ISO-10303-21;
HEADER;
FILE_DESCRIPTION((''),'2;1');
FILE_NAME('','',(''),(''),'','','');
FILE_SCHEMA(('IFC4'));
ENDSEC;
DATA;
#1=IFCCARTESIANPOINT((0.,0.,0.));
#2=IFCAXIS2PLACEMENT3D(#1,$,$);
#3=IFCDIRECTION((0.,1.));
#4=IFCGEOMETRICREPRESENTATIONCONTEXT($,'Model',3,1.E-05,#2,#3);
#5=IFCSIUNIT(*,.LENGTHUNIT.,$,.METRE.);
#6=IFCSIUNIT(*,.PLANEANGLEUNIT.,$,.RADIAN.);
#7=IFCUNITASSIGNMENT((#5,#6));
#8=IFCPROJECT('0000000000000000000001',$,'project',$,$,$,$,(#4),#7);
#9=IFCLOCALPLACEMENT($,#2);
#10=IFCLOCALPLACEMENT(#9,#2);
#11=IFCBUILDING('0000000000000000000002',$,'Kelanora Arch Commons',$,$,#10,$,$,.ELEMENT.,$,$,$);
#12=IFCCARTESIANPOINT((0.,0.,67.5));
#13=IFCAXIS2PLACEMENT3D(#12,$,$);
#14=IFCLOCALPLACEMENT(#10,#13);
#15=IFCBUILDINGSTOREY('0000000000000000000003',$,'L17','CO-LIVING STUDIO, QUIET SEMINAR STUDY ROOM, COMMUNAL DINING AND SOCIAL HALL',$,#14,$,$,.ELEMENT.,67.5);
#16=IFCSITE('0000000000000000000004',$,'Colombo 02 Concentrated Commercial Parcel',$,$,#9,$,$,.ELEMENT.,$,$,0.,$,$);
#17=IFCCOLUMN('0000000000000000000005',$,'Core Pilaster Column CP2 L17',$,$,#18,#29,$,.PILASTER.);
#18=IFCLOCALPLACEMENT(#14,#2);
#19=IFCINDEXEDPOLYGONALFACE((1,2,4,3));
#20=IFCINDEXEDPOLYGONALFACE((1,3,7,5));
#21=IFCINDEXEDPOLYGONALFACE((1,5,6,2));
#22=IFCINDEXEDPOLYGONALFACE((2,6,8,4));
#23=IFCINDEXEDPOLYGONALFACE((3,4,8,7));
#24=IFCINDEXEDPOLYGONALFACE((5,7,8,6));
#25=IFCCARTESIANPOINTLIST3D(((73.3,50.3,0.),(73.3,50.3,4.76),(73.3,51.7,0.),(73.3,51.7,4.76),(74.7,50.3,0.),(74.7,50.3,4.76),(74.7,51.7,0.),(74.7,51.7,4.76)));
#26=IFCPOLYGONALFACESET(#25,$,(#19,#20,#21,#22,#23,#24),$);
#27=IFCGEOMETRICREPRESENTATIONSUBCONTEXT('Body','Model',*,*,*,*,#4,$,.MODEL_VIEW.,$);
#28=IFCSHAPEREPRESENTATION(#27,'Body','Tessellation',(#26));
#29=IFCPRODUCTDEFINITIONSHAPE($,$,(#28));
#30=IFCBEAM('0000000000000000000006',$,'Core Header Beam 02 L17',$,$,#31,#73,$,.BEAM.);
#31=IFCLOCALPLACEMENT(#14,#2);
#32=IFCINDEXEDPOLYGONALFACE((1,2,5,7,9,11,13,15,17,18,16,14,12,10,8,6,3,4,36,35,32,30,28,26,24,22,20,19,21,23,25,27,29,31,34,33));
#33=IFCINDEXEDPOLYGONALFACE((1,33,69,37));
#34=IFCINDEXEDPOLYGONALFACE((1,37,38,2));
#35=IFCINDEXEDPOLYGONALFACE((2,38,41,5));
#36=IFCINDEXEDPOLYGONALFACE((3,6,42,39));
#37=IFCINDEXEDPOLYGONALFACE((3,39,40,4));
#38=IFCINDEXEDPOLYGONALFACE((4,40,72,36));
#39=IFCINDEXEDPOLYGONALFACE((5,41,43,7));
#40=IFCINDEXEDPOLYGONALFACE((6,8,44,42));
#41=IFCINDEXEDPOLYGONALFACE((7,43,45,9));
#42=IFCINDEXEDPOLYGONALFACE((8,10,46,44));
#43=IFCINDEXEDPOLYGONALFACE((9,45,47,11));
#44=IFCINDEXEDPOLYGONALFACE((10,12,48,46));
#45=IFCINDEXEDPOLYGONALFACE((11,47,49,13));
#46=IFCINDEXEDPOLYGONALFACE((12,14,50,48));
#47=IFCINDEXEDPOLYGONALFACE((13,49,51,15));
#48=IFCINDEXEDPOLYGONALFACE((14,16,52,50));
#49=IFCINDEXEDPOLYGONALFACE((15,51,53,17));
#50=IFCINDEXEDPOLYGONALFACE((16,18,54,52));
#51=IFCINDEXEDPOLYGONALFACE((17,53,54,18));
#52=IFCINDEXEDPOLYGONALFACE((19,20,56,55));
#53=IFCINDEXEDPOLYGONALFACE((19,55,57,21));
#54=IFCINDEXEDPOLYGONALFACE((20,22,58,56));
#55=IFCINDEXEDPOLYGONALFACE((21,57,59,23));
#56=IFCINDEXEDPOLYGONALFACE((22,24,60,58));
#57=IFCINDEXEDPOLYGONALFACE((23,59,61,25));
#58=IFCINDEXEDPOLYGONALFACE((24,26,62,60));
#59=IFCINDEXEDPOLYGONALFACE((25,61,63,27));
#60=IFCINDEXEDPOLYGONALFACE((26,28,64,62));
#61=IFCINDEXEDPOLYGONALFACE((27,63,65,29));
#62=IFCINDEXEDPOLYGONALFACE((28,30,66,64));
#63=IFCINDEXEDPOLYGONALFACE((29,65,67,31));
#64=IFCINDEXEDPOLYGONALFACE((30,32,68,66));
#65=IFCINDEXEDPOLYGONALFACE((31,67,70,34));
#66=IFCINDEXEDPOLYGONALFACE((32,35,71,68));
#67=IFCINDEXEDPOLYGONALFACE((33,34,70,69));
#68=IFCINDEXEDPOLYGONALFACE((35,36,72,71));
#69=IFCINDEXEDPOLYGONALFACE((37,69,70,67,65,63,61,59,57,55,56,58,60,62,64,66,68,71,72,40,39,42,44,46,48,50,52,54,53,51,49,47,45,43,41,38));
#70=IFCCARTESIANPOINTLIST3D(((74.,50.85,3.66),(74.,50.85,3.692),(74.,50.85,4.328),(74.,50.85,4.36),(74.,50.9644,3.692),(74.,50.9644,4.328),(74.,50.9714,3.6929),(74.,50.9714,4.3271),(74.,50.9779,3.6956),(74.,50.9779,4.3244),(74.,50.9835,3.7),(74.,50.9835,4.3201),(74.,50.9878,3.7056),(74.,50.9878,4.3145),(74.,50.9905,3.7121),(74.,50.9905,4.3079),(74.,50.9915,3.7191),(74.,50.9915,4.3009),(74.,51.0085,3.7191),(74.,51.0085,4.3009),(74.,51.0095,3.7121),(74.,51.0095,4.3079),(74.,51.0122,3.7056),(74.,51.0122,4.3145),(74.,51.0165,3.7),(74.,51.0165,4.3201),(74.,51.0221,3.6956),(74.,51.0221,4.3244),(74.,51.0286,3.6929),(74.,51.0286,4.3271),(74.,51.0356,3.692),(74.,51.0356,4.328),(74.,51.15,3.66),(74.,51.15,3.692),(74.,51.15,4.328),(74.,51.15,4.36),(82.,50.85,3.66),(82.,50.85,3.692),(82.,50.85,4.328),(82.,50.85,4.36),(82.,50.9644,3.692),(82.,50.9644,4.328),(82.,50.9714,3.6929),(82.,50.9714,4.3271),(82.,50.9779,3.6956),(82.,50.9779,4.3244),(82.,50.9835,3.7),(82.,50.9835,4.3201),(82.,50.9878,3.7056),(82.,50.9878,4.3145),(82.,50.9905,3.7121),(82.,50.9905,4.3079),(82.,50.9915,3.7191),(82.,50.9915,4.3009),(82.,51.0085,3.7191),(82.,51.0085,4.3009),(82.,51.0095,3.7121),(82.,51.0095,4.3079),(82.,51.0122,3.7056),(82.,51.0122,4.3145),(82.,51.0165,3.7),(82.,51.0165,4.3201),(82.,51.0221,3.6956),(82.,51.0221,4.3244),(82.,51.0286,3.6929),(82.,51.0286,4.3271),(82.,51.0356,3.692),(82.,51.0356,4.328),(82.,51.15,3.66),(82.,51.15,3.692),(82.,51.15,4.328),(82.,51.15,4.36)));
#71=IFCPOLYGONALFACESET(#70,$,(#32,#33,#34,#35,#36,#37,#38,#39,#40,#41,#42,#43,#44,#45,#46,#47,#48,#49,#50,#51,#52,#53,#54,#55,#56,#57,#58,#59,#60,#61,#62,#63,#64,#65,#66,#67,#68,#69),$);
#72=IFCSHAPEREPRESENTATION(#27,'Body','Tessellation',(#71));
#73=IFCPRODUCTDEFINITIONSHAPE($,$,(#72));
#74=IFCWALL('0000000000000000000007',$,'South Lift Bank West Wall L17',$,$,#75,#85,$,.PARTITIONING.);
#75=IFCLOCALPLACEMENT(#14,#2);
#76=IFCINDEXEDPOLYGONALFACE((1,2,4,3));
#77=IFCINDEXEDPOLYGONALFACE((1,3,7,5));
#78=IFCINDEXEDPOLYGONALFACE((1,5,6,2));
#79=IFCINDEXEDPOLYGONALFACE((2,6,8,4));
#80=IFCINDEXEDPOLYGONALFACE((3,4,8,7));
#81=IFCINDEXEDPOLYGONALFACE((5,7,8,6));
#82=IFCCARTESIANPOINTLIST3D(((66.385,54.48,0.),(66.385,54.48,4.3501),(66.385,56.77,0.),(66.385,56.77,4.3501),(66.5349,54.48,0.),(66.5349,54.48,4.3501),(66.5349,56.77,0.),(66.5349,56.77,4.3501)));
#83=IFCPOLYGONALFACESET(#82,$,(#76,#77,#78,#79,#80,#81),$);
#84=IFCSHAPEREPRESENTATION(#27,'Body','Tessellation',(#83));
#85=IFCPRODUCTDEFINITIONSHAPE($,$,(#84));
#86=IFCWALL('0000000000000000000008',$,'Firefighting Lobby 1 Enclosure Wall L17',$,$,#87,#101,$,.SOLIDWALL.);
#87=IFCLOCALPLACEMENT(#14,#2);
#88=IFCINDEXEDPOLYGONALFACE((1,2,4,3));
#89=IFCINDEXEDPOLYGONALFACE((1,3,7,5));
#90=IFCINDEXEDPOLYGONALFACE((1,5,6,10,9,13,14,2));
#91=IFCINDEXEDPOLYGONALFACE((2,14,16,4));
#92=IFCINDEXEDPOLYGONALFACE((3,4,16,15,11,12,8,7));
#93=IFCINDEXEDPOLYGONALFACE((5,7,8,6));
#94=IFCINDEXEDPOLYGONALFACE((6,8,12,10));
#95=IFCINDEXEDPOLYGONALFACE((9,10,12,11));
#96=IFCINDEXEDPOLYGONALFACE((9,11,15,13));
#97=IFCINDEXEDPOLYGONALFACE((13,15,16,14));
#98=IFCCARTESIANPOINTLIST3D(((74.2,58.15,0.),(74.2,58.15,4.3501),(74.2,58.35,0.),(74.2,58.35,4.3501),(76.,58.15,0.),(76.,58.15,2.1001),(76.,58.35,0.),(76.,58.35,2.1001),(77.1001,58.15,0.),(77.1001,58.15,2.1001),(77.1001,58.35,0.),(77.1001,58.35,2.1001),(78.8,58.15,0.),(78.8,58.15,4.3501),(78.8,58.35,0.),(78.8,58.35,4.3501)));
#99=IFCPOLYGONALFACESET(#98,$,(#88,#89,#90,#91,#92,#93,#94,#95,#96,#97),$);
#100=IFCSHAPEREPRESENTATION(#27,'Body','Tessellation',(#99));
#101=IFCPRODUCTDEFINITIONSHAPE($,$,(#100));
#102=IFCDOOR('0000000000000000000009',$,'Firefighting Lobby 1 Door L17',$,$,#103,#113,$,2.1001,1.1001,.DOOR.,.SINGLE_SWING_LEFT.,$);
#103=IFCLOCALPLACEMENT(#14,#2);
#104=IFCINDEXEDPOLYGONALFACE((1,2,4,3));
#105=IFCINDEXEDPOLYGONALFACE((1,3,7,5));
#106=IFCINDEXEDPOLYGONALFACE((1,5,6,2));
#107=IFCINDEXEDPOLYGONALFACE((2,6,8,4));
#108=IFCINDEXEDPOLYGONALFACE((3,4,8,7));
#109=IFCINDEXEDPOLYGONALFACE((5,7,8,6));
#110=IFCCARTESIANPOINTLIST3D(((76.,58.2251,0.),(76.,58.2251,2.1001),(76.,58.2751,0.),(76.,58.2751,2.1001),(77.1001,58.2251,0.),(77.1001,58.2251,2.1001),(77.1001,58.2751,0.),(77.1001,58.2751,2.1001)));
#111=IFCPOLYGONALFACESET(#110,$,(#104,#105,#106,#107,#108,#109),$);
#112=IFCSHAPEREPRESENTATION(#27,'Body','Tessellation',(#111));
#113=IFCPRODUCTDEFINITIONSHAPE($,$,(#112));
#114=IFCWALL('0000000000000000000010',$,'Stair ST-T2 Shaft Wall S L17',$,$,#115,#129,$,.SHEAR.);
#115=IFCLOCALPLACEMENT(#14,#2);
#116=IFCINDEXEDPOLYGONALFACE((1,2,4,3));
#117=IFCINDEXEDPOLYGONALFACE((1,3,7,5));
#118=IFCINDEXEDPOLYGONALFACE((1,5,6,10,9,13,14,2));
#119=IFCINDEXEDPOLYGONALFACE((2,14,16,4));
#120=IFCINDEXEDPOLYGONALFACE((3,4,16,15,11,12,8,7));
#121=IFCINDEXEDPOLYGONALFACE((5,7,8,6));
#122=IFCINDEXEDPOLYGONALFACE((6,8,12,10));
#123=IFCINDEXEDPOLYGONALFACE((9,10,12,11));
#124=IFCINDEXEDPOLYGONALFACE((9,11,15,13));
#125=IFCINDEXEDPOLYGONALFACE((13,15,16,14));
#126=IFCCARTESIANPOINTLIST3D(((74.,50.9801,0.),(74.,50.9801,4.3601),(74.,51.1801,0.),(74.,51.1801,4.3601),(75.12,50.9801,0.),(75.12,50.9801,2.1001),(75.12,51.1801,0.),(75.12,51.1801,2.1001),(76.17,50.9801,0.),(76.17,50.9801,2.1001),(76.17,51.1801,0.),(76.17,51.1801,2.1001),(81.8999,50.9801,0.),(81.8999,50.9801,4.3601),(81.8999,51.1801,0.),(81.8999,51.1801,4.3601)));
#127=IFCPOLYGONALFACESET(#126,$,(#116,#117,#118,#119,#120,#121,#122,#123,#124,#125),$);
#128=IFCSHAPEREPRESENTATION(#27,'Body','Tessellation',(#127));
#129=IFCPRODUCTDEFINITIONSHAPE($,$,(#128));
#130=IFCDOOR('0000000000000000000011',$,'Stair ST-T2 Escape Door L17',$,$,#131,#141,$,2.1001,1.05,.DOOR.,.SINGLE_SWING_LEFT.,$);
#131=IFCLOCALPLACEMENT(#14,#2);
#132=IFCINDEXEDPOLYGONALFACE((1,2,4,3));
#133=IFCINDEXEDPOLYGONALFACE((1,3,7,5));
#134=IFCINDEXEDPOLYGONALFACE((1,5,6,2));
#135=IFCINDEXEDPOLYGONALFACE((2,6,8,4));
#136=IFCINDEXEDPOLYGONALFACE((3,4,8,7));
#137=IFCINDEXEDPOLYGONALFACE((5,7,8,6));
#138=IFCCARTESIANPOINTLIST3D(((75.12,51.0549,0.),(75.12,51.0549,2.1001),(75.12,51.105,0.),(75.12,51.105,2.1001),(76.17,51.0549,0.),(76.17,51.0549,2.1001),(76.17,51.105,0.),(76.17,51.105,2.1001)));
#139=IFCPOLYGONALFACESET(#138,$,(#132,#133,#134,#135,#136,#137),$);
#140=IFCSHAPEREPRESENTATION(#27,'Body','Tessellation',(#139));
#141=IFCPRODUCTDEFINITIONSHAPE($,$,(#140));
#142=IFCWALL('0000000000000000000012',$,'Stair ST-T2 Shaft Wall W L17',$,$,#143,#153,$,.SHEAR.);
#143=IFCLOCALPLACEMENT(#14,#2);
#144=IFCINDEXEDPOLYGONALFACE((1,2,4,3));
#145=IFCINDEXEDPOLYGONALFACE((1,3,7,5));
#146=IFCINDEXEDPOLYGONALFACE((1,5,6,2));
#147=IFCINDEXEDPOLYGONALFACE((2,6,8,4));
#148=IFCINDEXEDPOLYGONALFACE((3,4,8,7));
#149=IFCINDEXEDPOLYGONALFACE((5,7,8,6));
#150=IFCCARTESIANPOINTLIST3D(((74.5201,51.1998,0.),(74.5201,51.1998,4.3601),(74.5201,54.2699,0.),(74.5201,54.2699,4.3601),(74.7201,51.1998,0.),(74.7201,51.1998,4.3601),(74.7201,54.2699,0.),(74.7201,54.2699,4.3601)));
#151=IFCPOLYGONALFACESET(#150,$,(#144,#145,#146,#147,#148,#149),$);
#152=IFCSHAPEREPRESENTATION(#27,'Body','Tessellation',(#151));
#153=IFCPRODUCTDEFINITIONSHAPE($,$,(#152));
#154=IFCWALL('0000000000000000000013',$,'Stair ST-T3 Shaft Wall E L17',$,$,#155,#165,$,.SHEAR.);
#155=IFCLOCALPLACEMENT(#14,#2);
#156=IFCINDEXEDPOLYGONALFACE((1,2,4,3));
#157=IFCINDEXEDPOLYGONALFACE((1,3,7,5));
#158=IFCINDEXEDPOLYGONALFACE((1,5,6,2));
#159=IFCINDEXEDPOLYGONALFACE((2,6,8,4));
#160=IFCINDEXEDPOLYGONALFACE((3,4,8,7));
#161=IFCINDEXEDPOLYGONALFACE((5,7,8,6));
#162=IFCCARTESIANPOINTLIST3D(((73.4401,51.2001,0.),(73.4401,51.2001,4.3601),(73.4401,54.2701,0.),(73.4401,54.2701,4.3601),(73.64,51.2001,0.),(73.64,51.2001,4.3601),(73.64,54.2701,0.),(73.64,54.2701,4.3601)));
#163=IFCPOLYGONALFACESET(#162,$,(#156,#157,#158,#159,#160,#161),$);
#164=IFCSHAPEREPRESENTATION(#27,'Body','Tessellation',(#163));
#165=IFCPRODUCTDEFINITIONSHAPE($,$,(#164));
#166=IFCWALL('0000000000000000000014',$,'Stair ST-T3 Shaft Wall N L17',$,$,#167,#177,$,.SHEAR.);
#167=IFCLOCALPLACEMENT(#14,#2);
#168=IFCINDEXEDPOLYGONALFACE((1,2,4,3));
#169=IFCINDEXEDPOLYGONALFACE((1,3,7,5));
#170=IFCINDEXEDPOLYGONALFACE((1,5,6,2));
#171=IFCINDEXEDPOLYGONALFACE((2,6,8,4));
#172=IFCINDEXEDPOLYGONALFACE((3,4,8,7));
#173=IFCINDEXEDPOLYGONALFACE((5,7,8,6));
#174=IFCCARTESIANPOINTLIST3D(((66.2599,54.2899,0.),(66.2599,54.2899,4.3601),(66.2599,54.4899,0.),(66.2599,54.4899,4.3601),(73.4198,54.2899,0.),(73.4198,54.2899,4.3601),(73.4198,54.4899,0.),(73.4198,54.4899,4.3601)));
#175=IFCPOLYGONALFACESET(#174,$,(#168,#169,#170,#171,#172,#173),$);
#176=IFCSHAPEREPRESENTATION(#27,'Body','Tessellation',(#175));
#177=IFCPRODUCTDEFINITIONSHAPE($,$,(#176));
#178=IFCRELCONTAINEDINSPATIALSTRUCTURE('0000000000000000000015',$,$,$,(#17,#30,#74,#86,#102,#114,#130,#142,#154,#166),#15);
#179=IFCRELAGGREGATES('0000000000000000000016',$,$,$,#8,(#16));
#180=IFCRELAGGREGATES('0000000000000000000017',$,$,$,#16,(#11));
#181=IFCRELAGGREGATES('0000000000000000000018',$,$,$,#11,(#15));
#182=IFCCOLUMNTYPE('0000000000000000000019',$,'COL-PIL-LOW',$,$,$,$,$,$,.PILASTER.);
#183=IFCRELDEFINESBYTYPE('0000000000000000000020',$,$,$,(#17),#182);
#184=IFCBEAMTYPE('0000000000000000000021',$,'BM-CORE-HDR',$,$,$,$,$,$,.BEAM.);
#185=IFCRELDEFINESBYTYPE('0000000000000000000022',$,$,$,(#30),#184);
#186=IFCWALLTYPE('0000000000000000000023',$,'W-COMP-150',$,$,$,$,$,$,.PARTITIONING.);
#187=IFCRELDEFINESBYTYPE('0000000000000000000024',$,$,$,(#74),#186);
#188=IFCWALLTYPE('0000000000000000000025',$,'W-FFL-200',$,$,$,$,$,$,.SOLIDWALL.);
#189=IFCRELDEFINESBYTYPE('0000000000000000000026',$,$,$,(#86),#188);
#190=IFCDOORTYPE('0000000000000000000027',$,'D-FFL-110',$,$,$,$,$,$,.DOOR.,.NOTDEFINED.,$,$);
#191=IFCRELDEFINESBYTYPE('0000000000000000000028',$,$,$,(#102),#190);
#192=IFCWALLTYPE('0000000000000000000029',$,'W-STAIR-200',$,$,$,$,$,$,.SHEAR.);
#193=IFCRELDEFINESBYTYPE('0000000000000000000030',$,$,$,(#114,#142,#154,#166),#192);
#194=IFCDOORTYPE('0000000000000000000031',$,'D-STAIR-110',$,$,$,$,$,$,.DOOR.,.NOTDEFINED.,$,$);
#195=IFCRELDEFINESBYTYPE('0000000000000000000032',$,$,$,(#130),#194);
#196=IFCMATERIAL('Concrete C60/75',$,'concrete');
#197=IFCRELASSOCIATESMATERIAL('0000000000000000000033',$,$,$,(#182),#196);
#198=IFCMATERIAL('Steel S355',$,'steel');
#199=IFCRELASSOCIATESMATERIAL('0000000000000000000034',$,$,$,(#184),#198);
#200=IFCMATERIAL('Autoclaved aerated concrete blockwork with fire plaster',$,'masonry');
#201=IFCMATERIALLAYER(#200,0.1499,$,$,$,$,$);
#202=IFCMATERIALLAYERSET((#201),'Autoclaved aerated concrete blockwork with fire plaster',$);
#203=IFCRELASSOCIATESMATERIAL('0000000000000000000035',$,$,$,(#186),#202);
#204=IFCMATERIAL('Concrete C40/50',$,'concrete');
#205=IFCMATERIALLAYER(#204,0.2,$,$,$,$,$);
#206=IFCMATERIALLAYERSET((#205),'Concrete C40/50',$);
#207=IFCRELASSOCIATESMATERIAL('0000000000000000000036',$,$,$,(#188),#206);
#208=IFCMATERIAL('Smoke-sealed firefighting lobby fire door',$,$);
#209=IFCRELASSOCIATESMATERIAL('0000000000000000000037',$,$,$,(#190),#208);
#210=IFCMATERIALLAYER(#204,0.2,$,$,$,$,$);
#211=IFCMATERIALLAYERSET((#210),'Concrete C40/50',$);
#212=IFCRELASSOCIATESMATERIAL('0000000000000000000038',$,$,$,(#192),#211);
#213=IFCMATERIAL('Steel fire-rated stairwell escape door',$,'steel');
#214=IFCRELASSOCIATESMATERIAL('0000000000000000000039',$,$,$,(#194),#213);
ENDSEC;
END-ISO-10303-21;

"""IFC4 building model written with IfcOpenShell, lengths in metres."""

from ifc_helpers import new_model, si_unit, direction, frame, frame_2d, origin, origin_2d, place, context, subcontext, project, spatial, rectangle, i_section, extrude, material, layer, layer_set, material_profile, profile_set, type_object, element, fill, save


model = new_model("IFC4")

# Units and contexts
model_context = context("Model", 3, precision=1e-05, world=origin(), true_north=direction((0.0, 1.0)))
body_context = subcontext(model_context, "Body", "Model", "MODEL_VIEW")
ifc_project = project(units=[si_unit("LENGTHUNIT", "METRE"), si_unit("PLANEANGLEUNIT", "RADIAN")], contexts=[model_context])

# Site, building, storey
site_placement = place(None, origin())
site = spatial("IfcSite", under=ifc_project, at=site_placement, Name="Colombo 02 Concentrated Commercial Parcel", CompositionType="ELEMENT", RefElevation=0.0)
building_placement = place(site_placement, origin())
building = spatial("IfcBuilding", under=site, at=building_placement, Name="Kelanora Arch Commons", CompositionType="ELEMENT")
storey_placement = place(building_placement, frame((0.0, 0.0, 67.5)))
storey = spatial("IfcBuildingStorey", under=building, at=storey_placement, Name="L17", Description="CO-LIVING STUDIO, QUIET SEMINAR STUDY ROOM, COMMUNAL DINING AND SOCIAL HALL", CompositionType="ELEMENT", Elevation=67.5)

# Column
ifc_material_1 = material(Name="Concrete C60/75", Category="concrete")
ifc_material_profile_1 = material_profile(ifc_material_1, rectangle(XDim=1.3999, YDim=1.3999, at=origin_2d()), Name="RC1400x1400")
ifc_profile_set_1 = profile_set([ifc_material_profile_1], Name="Concrete C60/75")
column_type = type_object("IfcColumnType", Name="COL-PIL-LOW", PredefinedType="PILASTER", material=ifc_profile_set_1)
column_placement = place(storey_placement, frame((74.0, 51.0, 0.0), z_axis=(0.0, 0.0, 1.0), x_axis=(1.0, 0.0, 0.0)))
element("IfcColumn", 1, at=column_placement, inside=storey, type_object=column_type, Name="Core Pilaster Column CP2 L17", PredefinedType="PILASTER", context=body_context, shape_type="SweptSolid", body=[
    extrude(rectangle(XDim=1.3999, YDim=1.3999, at=origin_2d()), origin(), (0.0, 0.0, 1.0), 4.76),
])

# Beam
ifc_material_2 = material(Name="Steel S355", Category="steel")
ifc_material_profile_2 = material_profile(ifc_material_2, i_section(OverallWidth=0.3, OverallDepth=0.7, WebThickness=0.0171, FlangeThickness=0.032, FilletRadius=0.0271, at=origin_2d()), Name="HEB700")
ifc_profile_set_2 = profile_set([ifc_material_profile_2], Name="Steel S355")
beam_type = type_object("IfcBeamType", Name="BM-CORE-HDR", PredefinedType="BEAM", material=ifc_profile_set_2)
beam_placement = place(storey_placement, frame((74.0, 51.0, 4.01), z_axis=(1.0, 0.0, 0.0), x_axis=(0.0, 1.0, 0.0)))
element("IfcBeam", 2, at=beam_placement, inside=storey, type_object=beam_type, Name="Core Header Beam 02 L17", PredefinedType="BEAM", context=body_context, shape_type="SweptSolid", body=[
    extrude(i_section(OverallWidth=0.3, OverallDepth=0.7, WebThickness=0.0171, FlangeThickness=0.032, FilletRadius=0.0271, at=origin_2d()), origin(), (0.0, 0.0, 1.0), 8.0),
])

# Wall
ifc_material_3 = material(Name="Autoclaved aerated concrete blockwork with fire plaster", Category="masonry")
ifc_layer_1 = layer(ifc_material_3, 0.1499)
ifc_layer_set_1 = layer_set([ifc_layer_1], Name="Autoclaved aerated concrete blockwork with fire plaster")
wall_type_1 = type_object("IfcWallType", Name="W-COMP-150", PredefinedType="PARTITIONING", material=ifc_layer_set_1)
wall_1_placement = place(storey_placement, frame((66.46, 54.48, 0.0), z_axis=(0.0, 0.0, 1.0), x_axis=(0.0, 1.0, 0.0)))
element("IfcWall", 3, at=wall_1_placement, inside=storey, type_object=wall_type_1, Name="South Lift Bank West Wall L17", PredefinedType="PARTITIONING", context=body_context, shape_type="SweptSolid", body=[
    extrude(rectangle(XDim=2.29, YDim=0.1499, at=frame_2d((1.145, 0.0))), origin(), (0.0, 0.0, 1.0), 4.3501),
])

# Walls, openings, doors
ifc_material_4 = material(Name="Concrete C40/50", Category="concrete")
ifc_layer_2 = layer(ifc_material_4, 0.2)
ifc_layer_set_2 = layer_set([ifc_layer_2], Name="Concrete C40/50")
wall_type_2 = type_object("IfcWallType", Name="W-FFL-200", PredefinedType="SOLIDWALL", material=ifc_layer_set_2)
wall_2_placement = place(storey_placement, frame((74.2, 58.25, 0.0), z_axis=(0.0, 0.0, 1.0), x_axis=(1.0, 0.0, 0.0)))
wall_2 = element("IfcWall", 4, at=wall_2_placement, inside=storey, type_object=wall_type_2, Name="Firefighting Lobby 1 Enclosure Wall L17", PredefinedType="SOLIDWALL", context=body_context, shape_type="SweptSolid", body=[
    extrude(rectangle(XDim=4.6001, YDim=0.2, at=frame_2d((2.3, 0.0))), origin(), (0.0, 0.0, 1.0), 4.3501),
])
opening_1_placement = place(wall_2_placement, frame((1.8, 0.0, 0.0)))
opening_1 = element("IfcOpeningElement", 5, at=opening_1_placement, cuts=wall_2, PredefinedType="OPENING", context=body_context, shape_type="SweptSolid", body=[
    extrude(rectangle(XDim=1.1001, YDim=2.1001, at=frame_2d((0.55, 1.05))), frame((0.0, 0.1099, 0.0), z_axis=(0.0, -1.0, 0.0), x_axis=(1.0, 0.0, 0.0)), (0.0, 0.0, 1.0), 0.22),
])
ifc_material_5 = material(Name="Smoke-sealed firefighting lobby fire door")
door_type_1 = type_object("IfcDoorType", Name="D-FFL-110", OperationType="NOTDEFINED", PredefinedType="DOOR", material=ifc_material_5)
door_1_placement = place(opening_1_placement, frame((1.1001, 0.0, 0.0), z_axis=(0.0, 0.0, 1.0), x_axis=(-1.0, 0.0, 0.0)))
door_1 = element("IfcDoor", 6, at=door_1_placement, inside=storey, type_object=door_type_1, Name="Firefighting Lobby 1 Door L17", OperationType="SINGLE_SWING_LEFT", OverallHeight=2.1001, OverallWidth=1.1001, PredefinedType="DOOR", context=body_context, shape_type="SweptSolid", body=[
    extrude(rectangle(XDim=1.1001, YDim=2.1001, at=frame_2d((0.55, 1.05))), frame((0.0, 0.0249, 0.0), z_axis=(0.0, -1.0, 0.0), x_axis=(1.0, 0.0, 0.0)), (0.0, 0.0, 1.0), 0.05),
])
fill(opening_1, door_1)
ifc_layer_3 = layer(ifc_material_4, 0.2)
ifc_layer_set_3 = layer_set([ifc_layer_3], Name="Concrete C40/50")
wall_type_3 = type_object("IfcWallType", Name="W-STAIR-200", PredefinedType="SHEAR", material=ifc_layer_set_3)
wall_3_placement = place(storey_placement, frame((74.0, 51.0801, 0.0), z_axis=(0.0, 0.0, 1.0), x_axis=(1.0, 0.0, 0.0)))
wall_3 = element("IfcWall", 7, at=wall_3_placement, inside=storey, type_object=wall_type_3, Name="Stair ST-T2 Shaft Wall S L17", PredefinedType="SHEAR", context=body_context, shape_type="SweptSolid", body=[
    extrude(rectangle(XDim=7.8999, YDim=0.2, at=frame_2d((3.95, 0.0))), origin(), (0.0, 0.0, 1.0), 4.3601),
])
opening_2_placement = place(wall_3_placement, frame((1.1201, 0.0, 0.0)))
opening_2 = element("IfcOpeningElement", 8, at=opening_2_placement, cuts=wall_3, PredefinedType="OPENING", context=body_context, shape_type="SweptSolid", body=[
    extrude(rectangle(XDim=1.05, YDim=2.1001, at=frame_2d((0.5249, 1.05))), frame((0.0, 0.1099, 0.0), z_axis=(0.0, -1.0, 0.0), x_axis=(1.0, 0.0, 0.0)), (0.0, 0.0, 1.0), 0.22),
])
ifc_material_6 = material(Name="Steel fire-rated stairwell escape door", Category="steel")
door_type_2 = type_object("IfcDoorType", Name="D-STAIR-110", OperationType="NOTDEFINED", PredefinedType="DOOR", material=ifc_material_6)
door_2_placement = place(opening_2_placement, origin())
door_2 = element("IfcDoor", 9, at=door_2_placement, inside=storey, type_object=door_type_2, Name="Stair ST-T2 Escape Door L17", OperationType="SINGLE_SWING_LEFT", OverallHeight=2.1001, OverallWidth=1.05, PredefinedType="DOOR", context=body_context, shape_type="SweptSolid", body=[
    extrude(rectangle(XDim=1.05, YDim=2.1001, at=frame_2d((0.5249, 1.05))), frame((0.0, 0.0249, 0.0), z_axis=(0.0, -1.0, 0.0), x_axis=(1.0, 0.0, 0.0)), (0.0, 0.0, 1.0), 0.05),
])
fill(opening_2, door_2)

# Walls
for number, where, z_axis, x_axis, name in (
    (10, (74.6201, 54.27, 0.0), (0.0, 0.0, 1.0), (0.0, -1.0, 0.0), "Stair ST-T2 Shaft Wall W L17"),
    (11, (73.54, 51.2, 0.0), (0.0, 0.0, 1.0), (0.0, 1.0, 0.0), "Stair ST-T3 Shaft Wall E L17"),
):
    element("IfcWall", number, at=place(storey_placement, frame(where, z_axis=z_axis, x_axis=x_axis)), inside=storey, type_object=wall_type_3, Name=name, PredefinedType="SHEAR", context=body_context, shape_type="SweptSolid", body=[
        extrude(rectangle(XDim=3.0701, YDim=0.2, at=frame_2d((1.5352, 0.0))), origin(), (0.0, 0.0, 1.0), 4.3601),
    ])
wall_4_placement = place(storey_placement, frame((73.4199, 54.3899, 0.0), z_axis=(0.0, 0.0, 1.0), x_axis=(-1.0, 0.0, 0.0)))
element("IfcWall", 12, at=wall_4_placement, inside=storey, type_object=wall_type_3, Name="Stair ST-T3 Shaft Wall N L17", PredefinedType="SHEAR", context=body_context, shape_type="SweptSolid", body=[
    extrude(rectangle(XDim=7.1599, YDim=0.2, at=frame_2d((3.5801, 0.0))), origin(), (0.0, 0.0, 1.0), 4.3601),
])

save(model, "model.ifc")
